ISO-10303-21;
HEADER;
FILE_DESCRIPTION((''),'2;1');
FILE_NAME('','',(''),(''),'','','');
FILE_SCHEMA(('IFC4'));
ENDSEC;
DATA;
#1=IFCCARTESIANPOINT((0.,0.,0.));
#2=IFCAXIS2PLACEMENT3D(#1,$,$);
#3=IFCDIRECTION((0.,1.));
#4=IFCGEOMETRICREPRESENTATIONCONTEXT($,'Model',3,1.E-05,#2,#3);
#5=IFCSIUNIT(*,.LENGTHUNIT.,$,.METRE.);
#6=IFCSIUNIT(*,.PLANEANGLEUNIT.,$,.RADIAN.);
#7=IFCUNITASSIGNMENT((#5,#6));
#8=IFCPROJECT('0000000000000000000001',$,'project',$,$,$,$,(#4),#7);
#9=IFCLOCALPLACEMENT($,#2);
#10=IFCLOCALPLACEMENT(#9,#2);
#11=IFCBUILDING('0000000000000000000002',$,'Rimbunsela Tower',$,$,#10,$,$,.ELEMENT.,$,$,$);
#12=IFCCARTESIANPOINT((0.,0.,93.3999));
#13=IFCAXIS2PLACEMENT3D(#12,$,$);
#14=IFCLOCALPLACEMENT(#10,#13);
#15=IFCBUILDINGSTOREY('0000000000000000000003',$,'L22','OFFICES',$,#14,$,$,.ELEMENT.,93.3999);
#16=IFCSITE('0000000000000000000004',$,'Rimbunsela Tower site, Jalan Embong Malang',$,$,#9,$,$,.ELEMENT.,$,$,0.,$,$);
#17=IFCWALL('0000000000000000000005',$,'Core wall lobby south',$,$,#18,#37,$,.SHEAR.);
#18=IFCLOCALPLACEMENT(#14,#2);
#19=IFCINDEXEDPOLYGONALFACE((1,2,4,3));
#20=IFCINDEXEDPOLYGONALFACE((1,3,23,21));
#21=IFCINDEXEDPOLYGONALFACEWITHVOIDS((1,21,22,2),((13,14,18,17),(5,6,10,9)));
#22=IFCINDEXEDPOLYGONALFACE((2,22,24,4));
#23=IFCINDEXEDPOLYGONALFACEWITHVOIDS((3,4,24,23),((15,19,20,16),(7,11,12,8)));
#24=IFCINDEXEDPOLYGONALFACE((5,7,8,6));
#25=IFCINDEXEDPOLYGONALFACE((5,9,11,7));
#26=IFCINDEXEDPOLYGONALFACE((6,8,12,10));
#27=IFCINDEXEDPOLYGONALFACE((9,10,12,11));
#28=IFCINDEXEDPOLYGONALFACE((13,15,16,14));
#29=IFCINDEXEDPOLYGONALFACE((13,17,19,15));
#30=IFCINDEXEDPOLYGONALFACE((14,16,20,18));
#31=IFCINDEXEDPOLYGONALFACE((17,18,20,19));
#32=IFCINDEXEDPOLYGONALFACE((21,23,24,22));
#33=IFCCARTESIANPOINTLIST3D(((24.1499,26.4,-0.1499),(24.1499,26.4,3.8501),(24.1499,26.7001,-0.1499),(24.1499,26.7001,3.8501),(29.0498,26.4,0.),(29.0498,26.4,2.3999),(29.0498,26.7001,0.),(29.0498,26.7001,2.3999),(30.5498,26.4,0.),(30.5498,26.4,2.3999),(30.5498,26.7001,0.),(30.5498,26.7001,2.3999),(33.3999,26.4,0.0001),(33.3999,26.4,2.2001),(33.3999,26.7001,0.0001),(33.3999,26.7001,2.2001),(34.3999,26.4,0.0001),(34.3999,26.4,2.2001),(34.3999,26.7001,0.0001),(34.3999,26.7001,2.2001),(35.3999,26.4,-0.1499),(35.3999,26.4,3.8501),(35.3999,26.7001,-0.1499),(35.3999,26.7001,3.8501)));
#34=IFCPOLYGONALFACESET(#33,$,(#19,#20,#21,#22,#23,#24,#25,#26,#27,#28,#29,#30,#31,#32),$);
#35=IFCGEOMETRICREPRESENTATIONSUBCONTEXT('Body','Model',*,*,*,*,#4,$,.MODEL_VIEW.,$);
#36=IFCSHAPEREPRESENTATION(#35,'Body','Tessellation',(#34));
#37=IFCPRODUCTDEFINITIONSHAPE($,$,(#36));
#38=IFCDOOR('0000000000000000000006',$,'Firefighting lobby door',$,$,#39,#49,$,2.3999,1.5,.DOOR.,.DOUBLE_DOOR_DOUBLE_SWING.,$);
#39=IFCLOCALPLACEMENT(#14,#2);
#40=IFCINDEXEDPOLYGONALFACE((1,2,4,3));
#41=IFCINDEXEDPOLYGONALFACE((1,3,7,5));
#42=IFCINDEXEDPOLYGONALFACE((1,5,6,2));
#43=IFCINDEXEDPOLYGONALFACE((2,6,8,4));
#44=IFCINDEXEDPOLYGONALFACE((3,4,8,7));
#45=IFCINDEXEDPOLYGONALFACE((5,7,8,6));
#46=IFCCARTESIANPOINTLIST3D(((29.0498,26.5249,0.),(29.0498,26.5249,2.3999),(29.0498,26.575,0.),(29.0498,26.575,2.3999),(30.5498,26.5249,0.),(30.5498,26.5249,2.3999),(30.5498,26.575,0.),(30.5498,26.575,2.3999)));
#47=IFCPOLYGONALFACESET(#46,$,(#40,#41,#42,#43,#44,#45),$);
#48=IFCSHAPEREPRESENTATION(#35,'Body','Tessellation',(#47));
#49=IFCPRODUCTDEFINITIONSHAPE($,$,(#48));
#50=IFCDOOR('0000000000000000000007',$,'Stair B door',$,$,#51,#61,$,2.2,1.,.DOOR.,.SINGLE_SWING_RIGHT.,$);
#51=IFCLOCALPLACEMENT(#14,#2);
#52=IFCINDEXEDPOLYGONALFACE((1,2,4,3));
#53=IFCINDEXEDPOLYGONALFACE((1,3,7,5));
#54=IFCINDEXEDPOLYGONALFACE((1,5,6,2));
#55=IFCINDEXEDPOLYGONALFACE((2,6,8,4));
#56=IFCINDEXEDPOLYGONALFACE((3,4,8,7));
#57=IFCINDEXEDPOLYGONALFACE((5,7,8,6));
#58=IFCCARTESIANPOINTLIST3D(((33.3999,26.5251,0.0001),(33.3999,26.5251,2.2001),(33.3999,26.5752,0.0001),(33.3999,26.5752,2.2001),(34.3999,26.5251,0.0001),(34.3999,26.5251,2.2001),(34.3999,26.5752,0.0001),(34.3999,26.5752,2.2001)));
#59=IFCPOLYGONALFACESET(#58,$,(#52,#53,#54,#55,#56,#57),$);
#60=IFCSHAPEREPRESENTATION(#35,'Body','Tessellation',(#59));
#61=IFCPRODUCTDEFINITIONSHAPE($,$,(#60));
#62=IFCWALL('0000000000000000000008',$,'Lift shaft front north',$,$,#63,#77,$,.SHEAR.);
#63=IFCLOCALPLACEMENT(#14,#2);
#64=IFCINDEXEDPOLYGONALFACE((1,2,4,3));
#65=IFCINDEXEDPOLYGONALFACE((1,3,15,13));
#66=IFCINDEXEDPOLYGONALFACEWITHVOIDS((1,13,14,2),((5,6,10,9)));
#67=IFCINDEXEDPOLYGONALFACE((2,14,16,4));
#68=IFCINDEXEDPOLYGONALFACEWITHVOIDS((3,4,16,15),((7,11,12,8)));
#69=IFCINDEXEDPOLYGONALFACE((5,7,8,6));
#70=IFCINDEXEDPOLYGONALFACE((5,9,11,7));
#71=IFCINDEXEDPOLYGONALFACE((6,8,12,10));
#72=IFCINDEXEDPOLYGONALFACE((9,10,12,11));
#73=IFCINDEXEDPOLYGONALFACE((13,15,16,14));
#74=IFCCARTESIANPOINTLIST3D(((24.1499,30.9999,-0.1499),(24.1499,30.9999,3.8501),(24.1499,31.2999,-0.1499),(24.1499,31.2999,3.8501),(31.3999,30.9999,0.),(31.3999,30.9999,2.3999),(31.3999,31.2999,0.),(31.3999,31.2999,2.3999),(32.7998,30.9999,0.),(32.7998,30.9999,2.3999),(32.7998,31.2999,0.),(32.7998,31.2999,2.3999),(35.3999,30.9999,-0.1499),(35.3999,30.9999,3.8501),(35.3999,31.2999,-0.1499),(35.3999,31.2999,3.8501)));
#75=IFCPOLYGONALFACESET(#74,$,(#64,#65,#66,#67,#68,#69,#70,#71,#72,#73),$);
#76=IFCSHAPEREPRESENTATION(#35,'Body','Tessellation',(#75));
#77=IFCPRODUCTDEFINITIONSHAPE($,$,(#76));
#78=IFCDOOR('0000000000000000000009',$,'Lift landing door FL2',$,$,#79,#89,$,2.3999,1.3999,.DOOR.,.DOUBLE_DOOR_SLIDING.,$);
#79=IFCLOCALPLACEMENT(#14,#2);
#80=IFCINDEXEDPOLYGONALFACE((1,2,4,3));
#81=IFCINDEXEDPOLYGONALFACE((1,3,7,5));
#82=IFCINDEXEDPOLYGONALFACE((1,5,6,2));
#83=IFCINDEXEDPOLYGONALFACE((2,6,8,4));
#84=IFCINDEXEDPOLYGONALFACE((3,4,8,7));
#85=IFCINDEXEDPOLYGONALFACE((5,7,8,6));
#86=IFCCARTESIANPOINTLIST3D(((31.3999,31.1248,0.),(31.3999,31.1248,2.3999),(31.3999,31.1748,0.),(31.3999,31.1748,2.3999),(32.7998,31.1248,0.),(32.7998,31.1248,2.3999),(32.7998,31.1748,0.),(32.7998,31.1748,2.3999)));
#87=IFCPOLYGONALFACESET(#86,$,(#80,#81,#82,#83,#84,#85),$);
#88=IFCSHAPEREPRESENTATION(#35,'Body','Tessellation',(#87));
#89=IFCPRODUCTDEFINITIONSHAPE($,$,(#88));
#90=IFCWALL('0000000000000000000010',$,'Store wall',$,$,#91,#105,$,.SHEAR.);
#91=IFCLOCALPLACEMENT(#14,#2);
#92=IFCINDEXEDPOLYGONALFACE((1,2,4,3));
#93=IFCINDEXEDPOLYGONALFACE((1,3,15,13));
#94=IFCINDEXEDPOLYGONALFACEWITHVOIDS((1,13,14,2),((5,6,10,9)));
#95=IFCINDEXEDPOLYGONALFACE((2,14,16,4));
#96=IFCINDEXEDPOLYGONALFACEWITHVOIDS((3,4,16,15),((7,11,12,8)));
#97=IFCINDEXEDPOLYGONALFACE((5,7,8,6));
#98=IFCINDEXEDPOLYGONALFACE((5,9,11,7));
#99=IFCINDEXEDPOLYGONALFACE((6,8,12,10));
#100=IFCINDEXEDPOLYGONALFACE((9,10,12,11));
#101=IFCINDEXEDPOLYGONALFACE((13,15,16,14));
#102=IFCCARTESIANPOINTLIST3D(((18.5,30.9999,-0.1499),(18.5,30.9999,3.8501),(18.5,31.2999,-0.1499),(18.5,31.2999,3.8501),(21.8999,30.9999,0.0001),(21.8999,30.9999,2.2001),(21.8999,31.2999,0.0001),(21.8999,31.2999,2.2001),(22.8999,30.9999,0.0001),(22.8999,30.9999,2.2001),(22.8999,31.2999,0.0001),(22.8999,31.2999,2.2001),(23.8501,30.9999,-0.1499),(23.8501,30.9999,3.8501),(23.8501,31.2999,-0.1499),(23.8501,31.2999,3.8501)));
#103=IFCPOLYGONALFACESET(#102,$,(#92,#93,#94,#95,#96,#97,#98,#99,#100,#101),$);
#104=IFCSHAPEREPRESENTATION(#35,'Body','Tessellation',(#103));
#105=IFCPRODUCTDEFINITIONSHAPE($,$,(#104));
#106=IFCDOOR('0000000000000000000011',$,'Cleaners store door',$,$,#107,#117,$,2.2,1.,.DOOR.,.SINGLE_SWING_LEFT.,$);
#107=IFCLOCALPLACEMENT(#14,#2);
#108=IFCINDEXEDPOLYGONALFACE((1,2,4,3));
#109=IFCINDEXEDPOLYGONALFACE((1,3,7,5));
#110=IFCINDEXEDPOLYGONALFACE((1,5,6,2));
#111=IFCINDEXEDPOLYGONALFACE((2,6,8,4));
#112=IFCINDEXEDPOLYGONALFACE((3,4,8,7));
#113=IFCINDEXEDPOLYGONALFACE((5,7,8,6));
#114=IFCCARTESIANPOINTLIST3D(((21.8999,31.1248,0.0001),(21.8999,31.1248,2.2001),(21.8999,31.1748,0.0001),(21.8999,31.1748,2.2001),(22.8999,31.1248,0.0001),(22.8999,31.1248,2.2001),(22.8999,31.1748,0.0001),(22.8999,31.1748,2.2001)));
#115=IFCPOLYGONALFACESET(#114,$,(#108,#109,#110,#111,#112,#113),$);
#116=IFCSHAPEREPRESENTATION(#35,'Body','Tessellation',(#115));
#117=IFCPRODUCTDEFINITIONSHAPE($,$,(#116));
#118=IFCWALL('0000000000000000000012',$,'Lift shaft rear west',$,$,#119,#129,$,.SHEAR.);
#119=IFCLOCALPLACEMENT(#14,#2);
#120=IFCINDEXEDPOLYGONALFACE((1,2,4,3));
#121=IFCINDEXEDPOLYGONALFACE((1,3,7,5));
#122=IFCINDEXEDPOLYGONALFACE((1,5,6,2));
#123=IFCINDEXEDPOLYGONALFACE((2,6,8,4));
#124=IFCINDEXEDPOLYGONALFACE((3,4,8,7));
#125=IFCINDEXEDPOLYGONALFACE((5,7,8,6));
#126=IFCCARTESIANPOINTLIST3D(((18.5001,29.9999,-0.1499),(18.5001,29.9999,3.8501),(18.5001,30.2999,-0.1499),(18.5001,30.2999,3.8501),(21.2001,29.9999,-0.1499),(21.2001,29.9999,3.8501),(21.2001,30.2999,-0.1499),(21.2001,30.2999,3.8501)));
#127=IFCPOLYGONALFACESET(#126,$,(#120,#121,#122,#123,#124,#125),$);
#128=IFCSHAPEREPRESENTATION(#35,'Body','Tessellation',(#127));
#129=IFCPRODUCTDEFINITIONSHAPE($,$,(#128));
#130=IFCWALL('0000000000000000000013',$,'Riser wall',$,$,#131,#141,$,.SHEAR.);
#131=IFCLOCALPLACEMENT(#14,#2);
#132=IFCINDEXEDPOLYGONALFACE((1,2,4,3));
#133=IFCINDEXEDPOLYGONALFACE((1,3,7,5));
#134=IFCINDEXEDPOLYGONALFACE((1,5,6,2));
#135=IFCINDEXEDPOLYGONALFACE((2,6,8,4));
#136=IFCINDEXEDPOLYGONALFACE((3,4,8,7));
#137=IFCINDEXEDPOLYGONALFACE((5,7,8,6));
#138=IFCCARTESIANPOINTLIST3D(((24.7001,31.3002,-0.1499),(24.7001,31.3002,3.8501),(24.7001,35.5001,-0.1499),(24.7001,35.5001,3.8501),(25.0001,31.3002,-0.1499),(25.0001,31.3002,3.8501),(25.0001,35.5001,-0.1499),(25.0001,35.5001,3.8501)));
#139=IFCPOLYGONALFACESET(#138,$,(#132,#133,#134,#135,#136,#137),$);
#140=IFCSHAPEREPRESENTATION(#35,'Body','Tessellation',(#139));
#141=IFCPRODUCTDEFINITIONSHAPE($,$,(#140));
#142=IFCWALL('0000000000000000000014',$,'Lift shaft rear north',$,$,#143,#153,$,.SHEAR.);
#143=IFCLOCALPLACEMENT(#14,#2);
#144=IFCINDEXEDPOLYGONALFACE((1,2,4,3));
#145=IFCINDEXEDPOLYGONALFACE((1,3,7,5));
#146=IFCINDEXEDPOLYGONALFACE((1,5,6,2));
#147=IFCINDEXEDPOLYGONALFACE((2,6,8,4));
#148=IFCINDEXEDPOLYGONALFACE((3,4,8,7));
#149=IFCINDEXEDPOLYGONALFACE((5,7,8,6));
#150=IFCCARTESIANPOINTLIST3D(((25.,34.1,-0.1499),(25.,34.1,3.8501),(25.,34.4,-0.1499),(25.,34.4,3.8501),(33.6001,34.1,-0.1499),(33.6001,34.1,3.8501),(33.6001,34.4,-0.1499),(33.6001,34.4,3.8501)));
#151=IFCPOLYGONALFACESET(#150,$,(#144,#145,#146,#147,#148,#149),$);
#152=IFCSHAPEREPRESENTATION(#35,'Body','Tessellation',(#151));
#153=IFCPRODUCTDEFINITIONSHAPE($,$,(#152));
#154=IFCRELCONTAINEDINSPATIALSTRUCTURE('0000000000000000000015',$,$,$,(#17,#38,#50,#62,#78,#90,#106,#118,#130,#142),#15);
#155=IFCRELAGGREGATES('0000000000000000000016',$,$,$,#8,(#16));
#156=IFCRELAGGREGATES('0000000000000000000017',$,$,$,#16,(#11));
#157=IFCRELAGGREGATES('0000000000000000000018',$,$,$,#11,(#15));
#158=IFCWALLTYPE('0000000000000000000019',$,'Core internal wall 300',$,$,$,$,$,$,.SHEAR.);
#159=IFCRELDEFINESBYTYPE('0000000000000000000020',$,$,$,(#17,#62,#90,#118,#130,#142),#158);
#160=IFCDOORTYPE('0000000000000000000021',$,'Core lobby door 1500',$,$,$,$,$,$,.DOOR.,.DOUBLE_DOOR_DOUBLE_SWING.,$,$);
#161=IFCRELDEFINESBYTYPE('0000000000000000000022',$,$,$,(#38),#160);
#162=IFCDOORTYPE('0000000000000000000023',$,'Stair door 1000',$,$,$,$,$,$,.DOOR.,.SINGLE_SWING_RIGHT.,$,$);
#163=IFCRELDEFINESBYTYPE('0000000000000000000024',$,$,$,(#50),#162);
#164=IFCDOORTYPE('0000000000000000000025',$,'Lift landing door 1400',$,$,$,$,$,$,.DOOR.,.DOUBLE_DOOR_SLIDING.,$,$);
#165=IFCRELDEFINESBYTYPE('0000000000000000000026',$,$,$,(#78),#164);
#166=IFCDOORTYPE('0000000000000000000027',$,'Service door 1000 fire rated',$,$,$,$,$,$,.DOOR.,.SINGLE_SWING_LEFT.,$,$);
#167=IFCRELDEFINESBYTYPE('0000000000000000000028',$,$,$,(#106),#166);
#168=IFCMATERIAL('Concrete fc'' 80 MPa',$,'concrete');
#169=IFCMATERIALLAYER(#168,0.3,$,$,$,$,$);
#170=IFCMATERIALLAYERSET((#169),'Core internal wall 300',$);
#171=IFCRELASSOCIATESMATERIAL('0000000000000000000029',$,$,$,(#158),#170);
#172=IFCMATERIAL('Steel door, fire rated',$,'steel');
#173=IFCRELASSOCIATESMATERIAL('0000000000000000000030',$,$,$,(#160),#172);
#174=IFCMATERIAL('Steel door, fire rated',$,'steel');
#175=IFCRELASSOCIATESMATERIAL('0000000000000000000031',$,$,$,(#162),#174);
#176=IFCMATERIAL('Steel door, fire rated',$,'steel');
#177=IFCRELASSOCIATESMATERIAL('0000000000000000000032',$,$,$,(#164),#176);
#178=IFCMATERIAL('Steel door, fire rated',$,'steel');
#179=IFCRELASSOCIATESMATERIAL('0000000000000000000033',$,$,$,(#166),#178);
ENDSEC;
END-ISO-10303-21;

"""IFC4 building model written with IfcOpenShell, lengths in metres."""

from ifc_helpers import new_model, si_unit, direction, frame, frame_2d, origin, place, context, subcontext, project, spatial, rectangle, extrude, material, layer, layer_set, type_object, element, fill, save


model = new_model("IFC4")

# Units and contexts
model_context = context("Model", 3, precision=1e-05, world=origin(), true_north=direction((0.0, 1.0)))
body_context = subcontext(model_context, "Body", "Model", "MODEL_VIEW")
ifc_project = project(units=[si_unit("LENGTHUNIT", "METRE"), si_unit("PLANEANGLEUNIT", "RADIAN")], contexts=[model_context])

# Site, building, storey
site_placement = place(None, origin())
site = spatial("IfcSite", under=ifc_project, at=site_placement, Name="Rimbunsela Tower site, Jalan Embong Malang", CompositionType="ELEMENT", RefElevation=0.0)
building_placement = place(site_placement, origin())
building = spatial("IfcBuilding", under=site, at=building_placement, Name="Rimbunsela Tower", CompositionType="ELEMENT")
storey_placement = place(building_placement, frame((0.0, 0.0, 93.3999)))
storey = spatial("IfcBuildingStorey", under=building, at=storey_placement, Name="L22", Description="OFFICES", CompositionType="ELEMENT", Elevation=93.3999)

# Wall, openings, doors
ifc_material_1 = material(Name="Concrete fc' 80 MPa", Category="concrete")
ifc_layer_1 = layer(ifc_material_1, 0.3)
ifc_layer_set_1 = layer_set([ifc_layer_1], Name="Core internal wall 300")
wall_type_1 = type_object("IfcWallType", Name="Core internal wall 300", PredefinedType="SHEAR", material=ifc_layer_set_1)
wall_1_placement = place(storey_placement, frame((24.1499, 26.55, -0.1499), z_axis=(0.0, 0.0, 1.0), x_axis=(1.0, 0.0, 0.0)))
wall_1 = element("IfcWall", 1, at=wall_1_placement, inside=storey, type_object=wall_type_1, Name="Core wall lobby south", PredefinedType="SHEAR", context=body_context, shape_type="SweptSolid", body=[
    extrude(rectangle(XDim=11.25, YDim=0.3, at=frame_2d((5.625, 0.0))), origin(), (0.0, 0.0, 1.0), 4.0),
])
opening_1_placement = place(wall_1_placement, frame((9.25, 0.0, 0.1499)))
opening_1 = element("IfcOpeningElement", 2, at=opening_1_placement, cuts=wall_1, PredefinedType="OPENING", context=body_context, shape_type="SweptSolid", body=[
    extrude(rectangle(XDim=1.0, YDim=2.2, at=frame_2d((0.5, 1.1001))), frame((0.0, 0.1599, 0.0), z_axis=(0.0, -1.0, 0.0), x_axis=(1.0, 0.0, 0.0)), (0.0, 0.0, 1.0), 0.3201),
])
opening_2_placement = place(wall_1_placement, frame((4.8999, 0.0, 0.1499)))
opening_2 = element("IfcOpeningElement", 3, at=opening_2_placement, cuts=wall_1, PredefinedType="OPENING", context=body_context, shape_type="SweptSolid", body=[
    extrude(rectangle(XDim=1.5, YDim=2.3999, at=frame_2d((0.75, 1.2))), frame((0.0, 0.1599, 0.0), z_axis=(0.0, -1.0, 0.0), x_axis=(1.0, 0.0, 0.0)), (0.0, 0.0, 1.0), 0.3201),
])
ifc_material_2 = material(Name="Steel door, fire rated", Category="steel")
door_type_1 = type_object("IfcDoorType", Name="Core lobby door 1500", OperationType="DOUBLE_DOOR_DOUBLE_SWING", PredefinedType="DOOR", material=ifc_material_2)
door_1_placement = place(opening_2_placement, origin())
door_1 = element("IfcDoor", 4, at=door_1_placement, inside=storey, type_object=door_type_1, Name="Firefighting lobby door", OperationType="DOUBLE_DOOR_DOUBLE_SWING", OverallHeight=2.3999, OverallWidth=1.5, PredefinedType="DOOR", context=body_context, shape_type="SweptSolid", body=[
    extrude(rectangle(XDim=1.5, YDim=2.3999, at=frame_2d((0.75, 1.2))), frame((0.0, 0.0249, 0.0), z_axis=(0.0, -1.0, 0.0), x_axis=(1.0, 0.0, 0.0)), (0.0, 0.0, 1.0), 0.05),
])
fill(opening_2, door_1)
ifc_material_3 = material(Name="Steel door, fire rated", Category="steel")
door_type_2 = type_object("IfcDoorType", Name="Stair door 1000", OperationType="SINGLE_SWING_RIGHT", PredefinedType="DOOR", material=ifc_material_3)
door_2_placement = place(opening_1_placement, frame((1.0, 0.0, 0.0), z_axis=(0.0, 0.0, 1.0), x_axis=(-1.0, 0.0, 0.0)))
door_2 = element("IfcDoor", 5, at=door_2_placement, inside=storey, type_object=door_type_2, Name="Stair B door", OperationType="SINGLE_SWING_RIGHT", OverallHeight=2.2, OverallWidth=1.0, PredefinedType="DOOR", context=body_context, shape_type="SweptSolid", body=[
    extrude(rectangle(XDim=1.0, YDim=2.2, at=frame_2d((0.5, 1.1001))), frame((0.0, 0.0249, 0.0), z_axis=(0.0, -1.0, 0.0), x_axis=(1.0, 0.0, 0.0)), (0.0, 0.0, 1.0), 0.05),
])
fill(opening_1, door_2)

# Walls, openings, doors
wall_2_placement = place(storey_placement, frame((24.1499, 31.1499, -0.1499), z_axis=(0.0, 0.0, 1.0), x_axis=(1.0, 0.0, 0.0)))
wall_2 = element("IfcWall", 6, at=wall_2_placement, inside=storey, type_object=wall_type_1, Name="Lift shaft front north", PredefinedType="SHEAR", context=body_context, shape_type="SweptSolid", body=[
    extrude(rectangle(XDim=11.25, YDim=0.3, at=frame_2d((5.625, 0.0))), origin(), (0.0, 0.0, 1.0), 4.0),
])
opening_3_placement = place(wall_2_placement, frame((7.25, 0.0, 0.1499)))
opening_3 = element("IfcOpeningElement", 7, at=opening_3_placement, cuts=wall_2, PredefinedType="OPENING", context=body_context, shape_type="SweptSolid", body=[
    extrude(rectangle(XDim=1.3999, YDim=2.3999, at=frame_2d((0.7, 1.2))), frame((0.0, 0.1599, 0.0), z_axis=(0.0, -1.0, 0.0), x_axis=(1.0, 0.0, 0.0)), (0.0, 0.0, 1.0), 0.3201),
])
ifc_material_4 = material(Name="Steel door, fire rated", Category="steel")
door_type_3 = type_object("IfcDoorType", Name="Lift landing door 1400", OperationType="DOUBLE_DOOR_SLIDING", PredefinedType="DOOR", material=ifc_material_4)
door_3_placement = place(opening_3_placement, origin())
door_3 = element("IfcDoor", 8, at=door_3_placement, inside=storey, type_object=door_type_3, Name="Lift landing door FL2", OperationType="DOUBLE_DOOR_SLIDING", OverallHeight=2.3999, OverallWidth=1.3999, PredefinedType="DOOR", context=body_context, shape_type="SweptSolid", body=[
    extrude(rectangle(XDim=1.3999, YDim=2.3999, at=frame_2d((0.7, 1.2))), frame((0.0, 0.0249, 0.0), z_axis=(0.0, -1.0, 0.0), x_axis=(1.0, 0.0, 0.0)), (0.0, 0.0, 1.0), 0.05),
])
fill(opening_3, door_3)
wall_3_placement = place(storey_placement, frame((18.5, 31.1499, -0.1499), z_axis=(0.0, 0.0, 1.0), x_axis=(1.0, 0.0, 0.0)))
wall_3 = element("IfcWall", 9, at=wall_3_placement, inside=storey, type_object=wall_type_1, Name="Store wall", PredefinedType="SHEAR", context=body_context, shape_type="SweptSolid", body=[
    extrude(rectangle(XDim=5.3501, YDim=0.3, at=frame_2d((2.675, 0.0))), origin(), (0.0, 0.0, 1.0), 4.0),
])
opening_4_placement = place(wall_3_placement, frame((3.3999, 0.0, 0.1499)))
opening_4 = element("IfcOpeningElement", 10, at=opening_4_placement, cuts=wall_3, PredefinedType="OPENING", context=body_context, shape_type="SweptSolid", body=[
    extrude(rectangle(XDim=1.0, YDim=2.2, at=frame_2d((0.5, 1.1001))), frame((0.0, 0.1599, 0.0), z_axis=(0.0, -1.0, 0.0), x_axis=(1.0, 0.0, 0.0)), (0.0, 0.0, 1.0), 0.3201),
])
ifc_material_5 = material(Name="Steel door, fire rated", Category="steel")
door_type_4 = type_object("IfcDoorType", Name="Service door 1000 fire rated", OperationType="SINGLE_SWING_LEFT", PredefinedType="DOOR", material=ifc_material_5)
door_4_placement = place(opening_4_placement, origin())
door_4 = element("IfcDoor", 11, at=door_4_placement, inside=storey, type_object=door_type_4, Name="Cleaners store door", OperationType="SINGLE_SWING_LEFT", OverallHeight=2.2, OverallWidth=1.0, PredefinedType="DOOR", context=body_context, shape_type="SweptSolid", body=[
    extrude(rectangle(XDim=1.0, YDim=2.2, at=frame_2d((0.5, 1.1001))), frame((0.0, 0.0249, 0.0), z_axis=(0.0, -1.0, 0.0), x_axis=(1.0, 0.0, 0.0)), (0.0, 0.0, 1.0), 0.05),
])
fill(opening_4, door_4)

# Walls
wall_4_placement = place(storey_placement, frame((18.5, 30.1499, -0.1499), z_axis=(0.0, 0.0, 1.0), x_axis=(1.0, 0.0, 0.0)))
element("IfcWall", 12, at=wall_4_placement, inside=storey, type_object=wall_type_1, Name="Lift shaft rear west", PredefinedType="SHEAR", context=body_context, shape_type="SweptSolid", body=[
    extrude(rectangle(XDim=2.7, YDim=0.3, at=frame_2d((1.3501, 0.0))), origin(), (0.0, 0.0, 1.0), 4.0),
])
wall_5_placement = place(storey_placement, frame((24.8501, 31.3, -0.1499), z_axis=(0.0, 0.0, 1.0), x_axis=(0.0, 1.0, 0.0)))
element("IfcWall", 13, at=wall_5_placement, inside=storey, type_object=wall_type_1, Name="Riser wall", PredefinedType="SHEAR", context=body_context, shape_type="SweptSolid", body=[
    extrude(rectangle(XDim=4.2, YDim=0.3, at=frame_2d((2.1001, 0.0))), origin(), (0.0, 0.0, 1.0), 4.0),
])
wall_6_placement = place(storey_placement, frame((25.0, 34.25, -0.1499), z_axis=(0.0, 0.0, 1.0), x_axis=(1.0, 0.0, 0.0)))
element("IfcWall", 14, at=wall_6_placement, inside=storey, type_object=wall_type_1, Name="Lift shaft rear north", PredefinedType="SHEAR", context=body_context, shape_type="SweptSolid", body=[
    extrude(rectangle(XDim=8.6001, YDim=0.3, at=frame_2d((4.3, 0.0))), origin(), (0.0, 0.0, 1.0), 4.0),
])

save(model, "model.ifc")
